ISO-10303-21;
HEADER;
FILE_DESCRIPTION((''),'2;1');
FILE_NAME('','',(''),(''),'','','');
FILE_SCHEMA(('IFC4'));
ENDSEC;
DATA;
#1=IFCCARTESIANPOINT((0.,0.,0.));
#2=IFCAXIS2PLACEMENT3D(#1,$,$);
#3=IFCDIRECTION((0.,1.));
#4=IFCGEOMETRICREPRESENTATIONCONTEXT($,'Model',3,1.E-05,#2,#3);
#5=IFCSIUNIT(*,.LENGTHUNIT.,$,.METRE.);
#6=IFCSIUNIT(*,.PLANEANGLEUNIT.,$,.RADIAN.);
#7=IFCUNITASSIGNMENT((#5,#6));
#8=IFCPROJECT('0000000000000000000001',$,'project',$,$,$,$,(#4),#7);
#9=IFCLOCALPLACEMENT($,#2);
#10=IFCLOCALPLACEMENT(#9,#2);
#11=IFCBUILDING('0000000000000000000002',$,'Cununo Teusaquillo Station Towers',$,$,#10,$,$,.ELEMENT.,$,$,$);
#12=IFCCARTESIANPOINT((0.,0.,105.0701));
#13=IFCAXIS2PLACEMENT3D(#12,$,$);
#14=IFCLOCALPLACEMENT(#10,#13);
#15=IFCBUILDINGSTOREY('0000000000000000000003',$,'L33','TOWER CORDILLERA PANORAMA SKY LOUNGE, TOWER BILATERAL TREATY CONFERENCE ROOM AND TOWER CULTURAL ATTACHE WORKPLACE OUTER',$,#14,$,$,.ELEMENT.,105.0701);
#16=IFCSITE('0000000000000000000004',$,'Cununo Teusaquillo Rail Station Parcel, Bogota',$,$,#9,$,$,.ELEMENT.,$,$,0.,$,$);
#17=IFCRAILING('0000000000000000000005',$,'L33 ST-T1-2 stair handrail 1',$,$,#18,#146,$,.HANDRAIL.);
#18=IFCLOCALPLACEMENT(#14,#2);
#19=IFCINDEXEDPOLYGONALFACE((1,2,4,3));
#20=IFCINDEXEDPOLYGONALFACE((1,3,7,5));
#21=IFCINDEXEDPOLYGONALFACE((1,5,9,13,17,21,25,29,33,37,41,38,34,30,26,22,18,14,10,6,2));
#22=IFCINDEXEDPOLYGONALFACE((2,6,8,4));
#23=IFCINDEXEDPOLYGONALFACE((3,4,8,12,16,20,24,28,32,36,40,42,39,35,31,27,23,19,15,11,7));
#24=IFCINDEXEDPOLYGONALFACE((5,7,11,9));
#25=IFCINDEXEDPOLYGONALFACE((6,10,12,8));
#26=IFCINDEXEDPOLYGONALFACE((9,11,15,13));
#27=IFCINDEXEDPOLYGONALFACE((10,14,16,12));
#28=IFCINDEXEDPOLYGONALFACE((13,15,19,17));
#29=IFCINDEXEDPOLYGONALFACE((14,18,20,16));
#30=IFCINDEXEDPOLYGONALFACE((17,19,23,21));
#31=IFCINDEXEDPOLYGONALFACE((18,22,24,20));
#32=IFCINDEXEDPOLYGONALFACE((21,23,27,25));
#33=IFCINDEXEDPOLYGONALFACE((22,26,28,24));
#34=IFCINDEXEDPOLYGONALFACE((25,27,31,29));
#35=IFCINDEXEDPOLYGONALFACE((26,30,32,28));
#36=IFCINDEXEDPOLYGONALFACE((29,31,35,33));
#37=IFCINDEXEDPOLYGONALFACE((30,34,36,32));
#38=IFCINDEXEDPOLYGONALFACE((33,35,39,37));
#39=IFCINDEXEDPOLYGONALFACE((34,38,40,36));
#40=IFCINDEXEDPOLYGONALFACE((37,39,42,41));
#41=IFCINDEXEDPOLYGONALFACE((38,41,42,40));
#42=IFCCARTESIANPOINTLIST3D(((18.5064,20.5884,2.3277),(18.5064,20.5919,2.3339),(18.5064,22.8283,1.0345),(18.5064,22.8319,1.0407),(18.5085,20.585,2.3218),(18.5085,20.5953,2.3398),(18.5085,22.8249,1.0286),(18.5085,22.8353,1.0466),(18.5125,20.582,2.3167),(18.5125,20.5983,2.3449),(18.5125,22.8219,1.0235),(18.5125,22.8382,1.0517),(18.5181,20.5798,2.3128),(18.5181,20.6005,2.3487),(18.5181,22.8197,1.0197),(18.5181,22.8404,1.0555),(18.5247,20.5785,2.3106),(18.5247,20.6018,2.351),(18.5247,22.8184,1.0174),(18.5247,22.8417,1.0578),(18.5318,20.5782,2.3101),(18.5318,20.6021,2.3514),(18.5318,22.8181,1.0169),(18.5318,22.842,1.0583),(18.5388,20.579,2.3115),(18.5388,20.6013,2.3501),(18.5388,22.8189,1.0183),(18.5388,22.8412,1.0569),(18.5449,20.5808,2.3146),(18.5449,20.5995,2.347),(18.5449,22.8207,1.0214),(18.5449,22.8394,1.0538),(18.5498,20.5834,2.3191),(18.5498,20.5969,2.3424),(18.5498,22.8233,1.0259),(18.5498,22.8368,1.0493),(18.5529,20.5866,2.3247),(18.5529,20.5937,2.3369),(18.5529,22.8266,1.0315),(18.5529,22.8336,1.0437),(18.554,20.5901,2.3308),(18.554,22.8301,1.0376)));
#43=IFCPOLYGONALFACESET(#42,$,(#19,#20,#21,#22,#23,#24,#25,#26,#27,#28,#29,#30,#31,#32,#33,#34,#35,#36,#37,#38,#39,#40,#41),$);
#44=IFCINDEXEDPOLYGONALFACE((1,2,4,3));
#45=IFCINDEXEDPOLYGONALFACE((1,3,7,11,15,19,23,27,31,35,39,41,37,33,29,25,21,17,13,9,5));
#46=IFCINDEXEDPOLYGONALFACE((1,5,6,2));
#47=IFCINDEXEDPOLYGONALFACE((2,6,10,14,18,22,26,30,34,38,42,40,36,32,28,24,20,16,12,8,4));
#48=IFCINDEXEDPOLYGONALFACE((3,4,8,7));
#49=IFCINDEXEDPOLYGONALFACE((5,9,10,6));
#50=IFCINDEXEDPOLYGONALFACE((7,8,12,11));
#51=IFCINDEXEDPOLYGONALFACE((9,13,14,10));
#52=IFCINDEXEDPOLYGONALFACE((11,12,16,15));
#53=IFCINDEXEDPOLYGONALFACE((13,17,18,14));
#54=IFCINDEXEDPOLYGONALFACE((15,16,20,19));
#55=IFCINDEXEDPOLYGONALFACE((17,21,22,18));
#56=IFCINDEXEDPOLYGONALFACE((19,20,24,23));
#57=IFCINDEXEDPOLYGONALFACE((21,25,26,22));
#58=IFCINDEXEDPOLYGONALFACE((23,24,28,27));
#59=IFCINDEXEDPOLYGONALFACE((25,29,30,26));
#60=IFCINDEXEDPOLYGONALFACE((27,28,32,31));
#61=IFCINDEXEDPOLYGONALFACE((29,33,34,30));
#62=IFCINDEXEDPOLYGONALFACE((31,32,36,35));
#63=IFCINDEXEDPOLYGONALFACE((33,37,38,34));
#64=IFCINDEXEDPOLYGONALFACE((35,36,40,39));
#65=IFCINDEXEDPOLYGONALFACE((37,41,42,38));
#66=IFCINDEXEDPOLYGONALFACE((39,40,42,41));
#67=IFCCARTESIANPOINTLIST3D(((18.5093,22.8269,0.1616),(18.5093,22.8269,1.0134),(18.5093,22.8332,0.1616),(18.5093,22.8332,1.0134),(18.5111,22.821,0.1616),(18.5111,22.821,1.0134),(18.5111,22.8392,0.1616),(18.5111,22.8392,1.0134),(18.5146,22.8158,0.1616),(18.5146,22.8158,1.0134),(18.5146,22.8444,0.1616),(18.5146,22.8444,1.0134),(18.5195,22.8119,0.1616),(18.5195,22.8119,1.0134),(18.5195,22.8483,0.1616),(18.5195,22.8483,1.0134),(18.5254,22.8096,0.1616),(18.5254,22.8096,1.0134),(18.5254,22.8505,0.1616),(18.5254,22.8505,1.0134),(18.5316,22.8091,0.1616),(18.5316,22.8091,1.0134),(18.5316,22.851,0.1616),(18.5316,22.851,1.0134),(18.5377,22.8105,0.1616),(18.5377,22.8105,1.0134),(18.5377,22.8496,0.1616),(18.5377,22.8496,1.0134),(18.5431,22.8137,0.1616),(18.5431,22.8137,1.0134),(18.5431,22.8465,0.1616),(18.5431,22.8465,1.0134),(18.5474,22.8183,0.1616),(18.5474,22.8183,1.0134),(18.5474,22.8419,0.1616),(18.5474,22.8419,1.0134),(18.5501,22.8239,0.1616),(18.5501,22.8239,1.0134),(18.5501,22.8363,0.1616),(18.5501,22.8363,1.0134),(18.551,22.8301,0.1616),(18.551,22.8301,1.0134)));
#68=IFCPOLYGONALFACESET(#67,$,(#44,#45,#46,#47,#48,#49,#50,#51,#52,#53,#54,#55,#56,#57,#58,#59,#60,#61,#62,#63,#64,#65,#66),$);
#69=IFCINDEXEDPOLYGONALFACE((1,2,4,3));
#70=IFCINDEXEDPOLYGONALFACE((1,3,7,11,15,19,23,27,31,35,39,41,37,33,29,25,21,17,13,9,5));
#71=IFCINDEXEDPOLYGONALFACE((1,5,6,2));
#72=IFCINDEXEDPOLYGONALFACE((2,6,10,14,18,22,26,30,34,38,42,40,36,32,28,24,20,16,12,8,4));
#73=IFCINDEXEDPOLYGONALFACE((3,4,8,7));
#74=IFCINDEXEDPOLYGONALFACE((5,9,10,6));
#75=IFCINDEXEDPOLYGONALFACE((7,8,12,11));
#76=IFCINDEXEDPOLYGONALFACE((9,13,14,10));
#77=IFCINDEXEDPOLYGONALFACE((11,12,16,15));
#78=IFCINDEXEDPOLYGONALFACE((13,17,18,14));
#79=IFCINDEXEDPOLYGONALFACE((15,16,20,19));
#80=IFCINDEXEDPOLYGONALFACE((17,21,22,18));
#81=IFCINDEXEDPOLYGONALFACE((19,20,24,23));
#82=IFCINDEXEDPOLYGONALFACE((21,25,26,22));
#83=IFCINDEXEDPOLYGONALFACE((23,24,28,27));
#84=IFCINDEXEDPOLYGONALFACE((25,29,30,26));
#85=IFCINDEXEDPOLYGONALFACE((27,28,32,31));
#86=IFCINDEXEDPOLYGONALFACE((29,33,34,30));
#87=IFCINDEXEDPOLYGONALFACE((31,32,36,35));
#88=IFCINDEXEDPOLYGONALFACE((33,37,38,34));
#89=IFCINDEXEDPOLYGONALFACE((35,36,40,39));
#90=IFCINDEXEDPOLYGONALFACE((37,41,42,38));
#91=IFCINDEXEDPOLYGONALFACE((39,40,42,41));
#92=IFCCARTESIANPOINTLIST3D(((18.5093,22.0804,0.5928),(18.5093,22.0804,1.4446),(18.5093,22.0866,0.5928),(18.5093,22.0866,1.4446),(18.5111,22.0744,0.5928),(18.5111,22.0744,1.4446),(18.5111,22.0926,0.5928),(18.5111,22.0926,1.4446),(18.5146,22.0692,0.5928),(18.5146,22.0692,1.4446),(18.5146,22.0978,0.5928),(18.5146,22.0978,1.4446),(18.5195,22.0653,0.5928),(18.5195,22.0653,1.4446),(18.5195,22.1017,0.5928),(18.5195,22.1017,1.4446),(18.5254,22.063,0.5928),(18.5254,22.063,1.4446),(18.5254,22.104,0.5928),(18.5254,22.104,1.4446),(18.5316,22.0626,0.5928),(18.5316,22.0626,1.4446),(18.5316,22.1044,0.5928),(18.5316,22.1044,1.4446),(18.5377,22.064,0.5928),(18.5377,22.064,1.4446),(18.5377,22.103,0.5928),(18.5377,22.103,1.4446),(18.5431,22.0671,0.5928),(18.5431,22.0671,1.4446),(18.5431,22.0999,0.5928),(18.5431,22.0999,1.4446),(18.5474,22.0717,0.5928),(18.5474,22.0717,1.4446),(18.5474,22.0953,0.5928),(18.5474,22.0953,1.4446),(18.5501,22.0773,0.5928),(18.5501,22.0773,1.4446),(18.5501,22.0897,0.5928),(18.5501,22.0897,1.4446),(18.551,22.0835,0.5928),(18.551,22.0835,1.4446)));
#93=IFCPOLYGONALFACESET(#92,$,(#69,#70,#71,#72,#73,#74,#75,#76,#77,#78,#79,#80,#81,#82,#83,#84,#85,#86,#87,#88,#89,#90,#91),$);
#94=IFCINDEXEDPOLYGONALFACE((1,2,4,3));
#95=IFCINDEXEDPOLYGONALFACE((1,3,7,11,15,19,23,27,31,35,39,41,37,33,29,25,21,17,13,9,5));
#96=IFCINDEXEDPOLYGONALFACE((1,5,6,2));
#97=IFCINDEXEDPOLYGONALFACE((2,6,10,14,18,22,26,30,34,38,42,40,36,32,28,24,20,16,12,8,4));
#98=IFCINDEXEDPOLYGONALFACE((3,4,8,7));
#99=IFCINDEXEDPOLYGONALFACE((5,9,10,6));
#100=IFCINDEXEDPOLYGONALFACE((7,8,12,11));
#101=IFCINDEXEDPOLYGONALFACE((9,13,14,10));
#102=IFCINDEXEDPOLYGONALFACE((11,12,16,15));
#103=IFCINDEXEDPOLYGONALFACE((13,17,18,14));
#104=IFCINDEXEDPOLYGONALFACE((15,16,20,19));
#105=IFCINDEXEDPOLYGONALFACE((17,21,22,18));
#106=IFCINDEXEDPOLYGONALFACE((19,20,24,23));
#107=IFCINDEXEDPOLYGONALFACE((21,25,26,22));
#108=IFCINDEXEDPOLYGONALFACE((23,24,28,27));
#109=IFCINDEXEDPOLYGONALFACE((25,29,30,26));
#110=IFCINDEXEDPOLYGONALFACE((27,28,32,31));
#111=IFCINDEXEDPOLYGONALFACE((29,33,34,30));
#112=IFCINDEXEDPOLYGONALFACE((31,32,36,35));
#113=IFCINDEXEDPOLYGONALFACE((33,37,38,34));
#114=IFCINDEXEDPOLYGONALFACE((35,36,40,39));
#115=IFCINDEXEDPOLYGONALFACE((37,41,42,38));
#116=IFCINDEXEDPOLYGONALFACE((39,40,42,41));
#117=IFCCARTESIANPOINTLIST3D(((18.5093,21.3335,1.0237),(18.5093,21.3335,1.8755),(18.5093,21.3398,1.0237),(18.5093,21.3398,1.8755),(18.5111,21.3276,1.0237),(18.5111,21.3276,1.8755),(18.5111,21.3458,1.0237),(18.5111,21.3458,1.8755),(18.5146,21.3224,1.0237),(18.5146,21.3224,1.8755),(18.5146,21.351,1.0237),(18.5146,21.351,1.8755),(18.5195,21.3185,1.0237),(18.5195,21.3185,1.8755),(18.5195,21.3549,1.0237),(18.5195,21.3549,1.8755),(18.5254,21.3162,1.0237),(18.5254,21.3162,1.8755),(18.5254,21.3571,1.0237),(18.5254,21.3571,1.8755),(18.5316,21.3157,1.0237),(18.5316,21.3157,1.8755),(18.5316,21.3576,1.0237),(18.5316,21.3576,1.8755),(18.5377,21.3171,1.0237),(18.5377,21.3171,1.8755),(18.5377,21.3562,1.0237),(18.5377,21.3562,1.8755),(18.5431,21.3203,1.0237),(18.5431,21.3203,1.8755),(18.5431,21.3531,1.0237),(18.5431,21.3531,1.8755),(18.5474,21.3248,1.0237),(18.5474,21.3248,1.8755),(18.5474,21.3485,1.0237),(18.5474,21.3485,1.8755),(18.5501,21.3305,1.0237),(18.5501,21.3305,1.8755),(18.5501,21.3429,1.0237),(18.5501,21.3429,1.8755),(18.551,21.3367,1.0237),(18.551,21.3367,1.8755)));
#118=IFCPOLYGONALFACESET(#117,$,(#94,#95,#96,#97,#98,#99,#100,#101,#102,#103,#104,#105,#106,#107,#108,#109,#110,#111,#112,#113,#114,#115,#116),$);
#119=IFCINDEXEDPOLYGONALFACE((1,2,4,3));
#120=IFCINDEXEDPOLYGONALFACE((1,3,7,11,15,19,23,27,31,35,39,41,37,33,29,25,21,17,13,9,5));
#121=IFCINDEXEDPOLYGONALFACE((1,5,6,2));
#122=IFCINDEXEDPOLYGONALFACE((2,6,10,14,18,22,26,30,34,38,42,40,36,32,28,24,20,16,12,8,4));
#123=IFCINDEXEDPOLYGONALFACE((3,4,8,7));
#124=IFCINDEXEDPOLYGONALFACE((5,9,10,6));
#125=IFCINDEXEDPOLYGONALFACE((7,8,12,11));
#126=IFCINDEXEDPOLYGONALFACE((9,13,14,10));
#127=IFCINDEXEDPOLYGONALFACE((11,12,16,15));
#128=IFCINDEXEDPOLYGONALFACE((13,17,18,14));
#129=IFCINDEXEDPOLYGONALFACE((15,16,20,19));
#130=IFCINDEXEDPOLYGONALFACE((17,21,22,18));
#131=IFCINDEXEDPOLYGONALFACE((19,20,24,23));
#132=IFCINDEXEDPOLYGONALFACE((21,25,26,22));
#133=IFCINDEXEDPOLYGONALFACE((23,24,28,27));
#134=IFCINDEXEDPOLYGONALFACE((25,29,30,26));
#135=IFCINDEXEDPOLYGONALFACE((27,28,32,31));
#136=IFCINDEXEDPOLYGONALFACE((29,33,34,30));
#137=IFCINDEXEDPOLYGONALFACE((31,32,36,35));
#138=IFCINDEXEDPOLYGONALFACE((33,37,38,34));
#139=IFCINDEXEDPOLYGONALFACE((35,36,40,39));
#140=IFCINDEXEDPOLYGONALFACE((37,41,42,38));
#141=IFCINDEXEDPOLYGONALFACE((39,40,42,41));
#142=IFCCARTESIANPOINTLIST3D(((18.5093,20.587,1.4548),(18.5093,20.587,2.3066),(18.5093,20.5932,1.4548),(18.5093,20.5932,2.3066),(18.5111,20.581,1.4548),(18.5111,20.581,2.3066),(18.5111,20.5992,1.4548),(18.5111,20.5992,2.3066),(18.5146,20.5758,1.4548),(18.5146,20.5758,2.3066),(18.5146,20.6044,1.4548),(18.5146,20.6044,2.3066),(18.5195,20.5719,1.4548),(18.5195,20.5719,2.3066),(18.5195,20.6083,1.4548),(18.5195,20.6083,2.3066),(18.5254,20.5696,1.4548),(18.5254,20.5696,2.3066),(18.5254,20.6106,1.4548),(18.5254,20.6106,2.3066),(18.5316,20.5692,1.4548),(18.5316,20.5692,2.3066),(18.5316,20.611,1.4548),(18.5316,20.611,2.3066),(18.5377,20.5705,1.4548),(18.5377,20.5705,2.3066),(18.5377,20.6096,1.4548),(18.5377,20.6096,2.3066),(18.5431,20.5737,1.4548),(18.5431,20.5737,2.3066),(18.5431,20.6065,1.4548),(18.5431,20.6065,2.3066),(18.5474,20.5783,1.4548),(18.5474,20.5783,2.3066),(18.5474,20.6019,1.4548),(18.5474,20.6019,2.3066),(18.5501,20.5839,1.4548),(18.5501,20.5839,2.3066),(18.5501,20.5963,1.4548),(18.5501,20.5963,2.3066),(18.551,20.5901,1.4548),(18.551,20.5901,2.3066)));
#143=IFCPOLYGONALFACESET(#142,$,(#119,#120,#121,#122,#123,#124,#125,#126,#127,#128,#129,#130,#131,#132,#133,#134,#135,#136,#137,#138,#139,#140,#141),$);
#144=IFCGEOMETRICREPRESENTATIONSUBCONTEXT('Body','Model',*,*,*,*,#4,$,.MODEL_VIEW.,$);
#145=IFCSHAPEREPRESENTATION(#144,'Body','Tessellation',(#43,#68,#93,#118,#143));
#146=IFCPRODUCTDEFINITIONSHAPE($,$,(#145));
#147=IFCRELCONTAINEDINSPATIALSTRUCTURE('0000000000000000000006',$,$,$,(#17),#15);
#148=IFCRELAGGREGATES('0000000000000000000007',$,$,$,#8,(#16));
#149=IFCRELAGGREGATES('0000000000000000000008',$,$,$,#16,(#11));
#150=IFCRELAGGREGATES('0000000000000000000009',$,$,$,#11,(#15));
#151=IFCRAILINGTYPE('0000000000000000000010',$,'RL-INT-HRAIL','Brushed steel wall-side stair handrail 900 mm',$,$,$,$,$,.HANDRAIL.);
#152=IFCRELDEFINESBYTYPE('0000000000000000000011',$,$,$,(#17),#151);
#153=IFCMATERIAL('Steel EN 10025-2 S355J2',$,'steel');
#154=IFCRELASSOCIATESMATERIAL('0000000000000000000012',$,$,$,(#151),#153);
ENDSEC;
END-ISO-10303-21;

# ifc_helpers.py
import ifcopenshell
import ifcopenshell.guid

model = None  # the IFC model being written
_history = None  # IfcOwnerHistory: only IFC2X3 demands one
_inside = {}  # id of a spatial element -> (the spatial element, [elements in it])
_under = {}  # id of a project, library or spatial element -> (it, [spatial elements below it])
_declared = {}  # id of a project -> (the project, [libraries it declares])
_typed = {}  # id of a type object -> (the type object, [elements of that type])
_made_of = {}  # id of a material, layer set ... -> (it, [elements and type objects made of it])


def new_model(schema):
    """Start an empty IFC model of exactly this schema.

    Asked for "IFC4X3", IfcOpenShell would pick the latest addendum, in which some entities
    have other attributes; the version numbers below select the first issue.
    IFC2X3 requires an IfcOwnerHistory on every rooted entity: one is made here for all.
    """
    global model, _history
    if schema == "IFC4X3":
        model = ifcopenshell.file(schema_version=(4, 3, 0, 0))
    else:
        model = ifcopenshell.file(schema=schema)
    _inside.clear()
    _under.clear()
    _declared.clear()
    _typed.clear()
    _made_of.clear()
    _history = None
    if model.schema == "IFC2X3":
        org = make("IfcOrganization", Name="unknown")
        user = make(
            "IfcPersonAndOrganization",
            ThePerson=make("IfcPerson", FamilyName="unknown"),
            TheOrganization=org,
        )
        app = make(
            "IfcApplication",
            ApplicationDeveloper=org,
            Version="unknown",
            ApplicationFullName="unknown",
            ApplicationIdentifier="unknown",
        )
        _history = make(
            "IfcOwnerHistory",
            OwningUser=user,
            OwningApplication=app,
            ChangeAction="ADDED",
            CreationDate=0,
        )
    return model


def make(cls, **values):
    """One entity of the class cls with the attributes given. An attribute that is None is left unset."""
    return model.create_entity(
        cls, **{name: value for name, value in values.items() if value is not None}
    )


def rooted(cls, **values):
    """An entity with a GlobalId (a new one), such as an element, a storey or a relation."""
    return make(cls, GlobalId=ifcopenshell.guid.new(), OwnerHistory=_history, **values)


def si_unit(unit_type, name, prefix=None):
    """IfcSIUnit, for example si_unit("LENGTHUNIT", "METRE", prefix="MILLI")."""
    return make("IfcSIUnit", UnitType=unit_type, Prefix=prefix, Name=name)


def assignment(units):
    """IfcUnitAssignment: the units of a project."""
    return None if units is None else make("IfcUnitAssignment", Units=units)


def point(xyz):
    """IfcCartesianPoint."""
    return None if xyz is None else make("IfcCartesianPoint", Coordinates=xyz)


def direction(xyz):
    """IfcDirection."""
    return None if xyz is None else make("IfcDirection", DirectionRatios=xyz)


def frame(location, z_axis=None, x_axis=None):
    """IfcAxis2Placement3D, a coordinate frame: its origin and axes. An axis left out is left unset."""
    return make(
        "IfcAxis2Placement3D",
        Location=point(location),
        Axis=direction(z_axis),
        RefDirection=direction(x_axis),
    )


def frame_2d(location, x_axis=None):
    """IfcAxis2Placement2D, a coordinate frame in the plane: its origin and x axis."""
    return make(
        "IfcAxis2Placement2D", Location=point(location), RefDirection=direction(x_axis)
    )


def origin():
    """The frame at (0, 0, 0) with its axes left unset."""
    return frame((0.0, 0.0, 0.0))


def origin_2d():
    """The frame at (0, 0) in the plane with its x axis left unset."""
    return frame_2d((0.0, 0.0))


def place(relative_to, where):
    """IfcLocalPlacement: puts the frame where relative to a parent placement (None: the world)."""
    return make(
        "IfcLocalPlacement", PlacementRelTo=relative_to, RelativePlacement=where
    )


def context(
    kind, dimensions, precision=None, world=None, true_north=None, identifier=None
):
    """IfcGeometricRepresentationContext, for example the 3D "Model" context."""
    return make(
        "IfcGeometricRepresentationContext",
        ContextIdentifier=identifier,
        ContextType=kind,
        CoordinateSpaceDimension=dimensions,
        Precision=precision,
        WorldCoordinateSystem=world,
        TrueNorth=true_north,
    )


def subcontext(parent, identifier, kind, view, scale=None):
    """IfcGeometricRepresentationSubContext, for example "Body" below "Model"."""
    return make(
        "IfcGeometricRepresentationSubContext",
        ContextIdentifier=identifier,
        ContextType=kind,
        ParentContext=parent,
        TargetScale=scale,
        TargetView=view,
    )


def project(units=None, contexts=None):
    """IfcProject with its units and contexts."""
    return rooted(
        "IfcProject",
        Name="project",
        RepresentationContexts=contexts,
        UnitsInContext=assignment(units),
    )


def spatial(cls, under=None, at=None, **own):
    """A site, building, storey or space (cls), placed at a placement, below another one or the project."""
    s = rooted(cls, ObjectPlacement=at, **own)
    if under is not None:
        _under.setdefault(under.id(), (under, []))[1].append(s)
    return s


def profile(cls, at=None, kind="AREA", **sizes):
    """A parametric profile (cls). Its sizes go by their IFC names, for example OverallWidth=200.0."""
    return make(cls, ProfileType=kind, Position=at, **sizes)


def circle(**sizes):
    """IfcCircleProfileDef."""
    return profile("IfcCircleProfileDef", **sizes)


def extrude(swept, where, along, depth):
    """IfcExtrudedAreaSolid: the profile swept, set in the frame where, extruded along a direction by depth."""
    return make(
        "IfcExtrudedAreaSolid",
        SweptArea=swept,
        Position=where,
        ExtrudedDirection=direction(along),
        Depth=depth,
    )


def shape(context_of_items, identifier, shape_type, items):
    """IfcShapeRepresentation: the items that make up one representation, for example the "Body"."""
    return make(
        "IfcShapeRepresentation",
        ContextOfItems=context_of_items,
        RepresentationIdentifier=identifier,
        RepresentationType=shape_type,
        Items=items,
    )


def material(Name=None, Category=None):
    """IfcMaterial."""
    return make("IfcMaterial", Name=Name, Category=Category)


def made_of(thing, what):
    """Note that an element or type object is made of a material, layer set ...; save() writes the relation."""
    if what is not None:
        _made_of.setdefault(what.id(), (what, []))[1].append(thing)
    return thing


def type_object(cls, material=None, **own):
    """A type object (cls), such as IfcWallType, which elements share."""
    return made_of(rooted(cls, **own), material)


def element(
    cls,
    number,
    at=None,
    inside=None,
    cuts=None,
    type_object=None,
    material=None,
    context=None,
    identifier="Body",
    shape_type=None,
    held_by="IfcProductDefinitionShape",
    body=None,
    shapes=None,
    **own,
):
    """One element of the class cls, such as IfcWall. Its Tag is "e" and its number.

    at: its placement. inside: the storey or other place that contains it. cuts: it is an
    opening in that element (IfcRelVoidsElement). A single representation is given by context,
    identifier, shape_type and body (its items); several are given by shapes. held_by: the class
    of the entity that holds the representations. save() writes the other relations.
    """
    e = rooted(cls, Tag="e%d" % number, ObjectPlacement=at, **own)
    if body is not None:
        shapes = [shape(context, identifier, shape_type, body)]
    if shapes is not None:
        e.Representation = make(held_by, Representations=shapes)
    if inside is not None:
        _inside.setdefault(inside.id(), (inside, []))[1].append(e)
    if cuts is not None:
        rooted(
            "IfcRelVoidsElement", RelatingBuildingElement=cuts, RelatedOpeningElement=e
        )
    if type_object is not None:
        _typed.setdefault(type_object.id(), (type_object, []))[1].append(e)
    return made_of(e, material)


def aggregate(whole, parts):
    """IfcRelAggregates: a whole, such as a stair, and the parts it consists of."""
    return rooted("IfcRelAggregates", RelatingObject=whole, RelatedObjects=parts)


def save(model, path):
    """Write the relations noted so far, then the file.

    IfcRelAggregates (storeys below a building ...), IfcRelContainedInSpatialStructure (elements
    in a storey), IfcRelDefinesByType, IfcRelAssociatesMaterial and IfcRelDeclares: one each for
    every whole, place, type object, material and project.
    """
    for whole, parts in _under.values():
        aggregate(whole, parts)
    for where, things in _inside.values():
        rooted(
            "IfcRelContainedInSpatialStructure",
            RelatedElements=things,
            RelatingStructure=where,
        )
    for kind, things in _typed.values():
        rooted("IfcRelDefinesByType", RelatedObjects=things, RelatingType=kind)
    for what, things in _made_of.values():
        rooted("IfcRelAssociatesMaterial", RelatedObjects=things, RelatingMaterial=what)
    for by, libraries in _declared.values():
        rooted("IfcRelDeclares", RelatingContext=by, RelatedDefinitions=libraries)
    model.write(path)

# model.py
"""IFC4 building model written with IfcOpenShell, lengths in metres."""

from ifc_helpers import new_model, si_unit, direction, frame, origin, origin_2d, place, context, subcontext, project, spatial, circle, extrude, material, type_object, element, save


model = new_model("IFC4")

# Units and contexts
model_context = context("Model", 3, precision=1e-05, world=origin(), true_north=direction((0.0, 1.0)))
body_context = subcontext(model_context, "Body", "Model", "MODEL_VIEW")
ifc_project = project(units=[si_unit("LENGTHUNIT", "METRE"), si_unit("PLANEANGLEUNIT", "RADIAN")], contexts=[model_context])

# Site, building, storey
site_placement = place(None, origin())
site = spatial("IfcSite", under=ifc_project, at=site_placement, Name="Cununo Teusaquillo Rail Station Parcel, Bogota", CompositionType="ELEMENT", RefElevation=0.0)
building_placement = place(site_placement, origin())
building = spatial("IfcBuilding", under=site, at=building_placement, Name="Cununo Teusaquillo Station Towers", CompositionType="ELEMENT")
storey_placement = place(building_placement, frame((0.0, 0.0, 105.0701)))
storey = spatial("IfcBuildingStorey", under=building, at=storey_placement, Name="L33", Description="TOWER CORDILLERA PANORAMA SKY LOUNGE, TOWER BILATERAL TREATY CONFERENCE ROOM AND TOWER CULTURAL ATTACHE WORKPLACE OUTER", CompositionType="ELEMENT", Elevation=105.0701)

# Railing
ifc_material_1 = material(Name="Steel EN 10025-2 S355J2", Category="steel")
railing_type_1 = type_object("IfcRailingType", Name="RL-INT-HRAIL", Description="Brushed steel wall-side stair handrail 900 mm", PredefinedType="HANDRAIL", material=ifc_material_1)
railing_1_placement = place(storey_placement, frame((18.53, 22.8301, 0.1616)))
element("IfcRailing", 1, at=railing_1_placement, inside=storey, type_object=railing_type_1, Name="L33 ST-T1-2 stair handrail 1", PredefinedType="HANDRAIL", context=body_context, shape_type="SweptSolid", body=[
    extrude(circle(Radius=0.0239, at=origin_2d()), frame((0.0, 0.0, 0.876), z_axis=(0.0, -0.866033, 0.499987), x_axis=(1.0, 0.0, 0.0)), (0.0, 0.0, 1.0), 2.5864),
    extrude(circle(Radius=0.021, at=origin_2d()), origin(), (0.0, 0.0, 1.0), 0.8518),
    extrude(circle(Radius=0.021, at=origin_2d()), frame((0.0, -0.7466, 0.4312)), (0.0, 0.0, 1.0), 0.8518),
    extrude(circle(Radius=0.021, at=origin_2d()), frame((0.0, -1.4934, 0.8621)), (0.0, 0.0, 1.0), 0.8518),
    extrude(circle(Radius=0.021, at=origin_2d()), frame((0.0, -2.24, 1.2932)), (0.0, 0.0, 1.0), 0.8518),
])

save(model, "model.ifc")
